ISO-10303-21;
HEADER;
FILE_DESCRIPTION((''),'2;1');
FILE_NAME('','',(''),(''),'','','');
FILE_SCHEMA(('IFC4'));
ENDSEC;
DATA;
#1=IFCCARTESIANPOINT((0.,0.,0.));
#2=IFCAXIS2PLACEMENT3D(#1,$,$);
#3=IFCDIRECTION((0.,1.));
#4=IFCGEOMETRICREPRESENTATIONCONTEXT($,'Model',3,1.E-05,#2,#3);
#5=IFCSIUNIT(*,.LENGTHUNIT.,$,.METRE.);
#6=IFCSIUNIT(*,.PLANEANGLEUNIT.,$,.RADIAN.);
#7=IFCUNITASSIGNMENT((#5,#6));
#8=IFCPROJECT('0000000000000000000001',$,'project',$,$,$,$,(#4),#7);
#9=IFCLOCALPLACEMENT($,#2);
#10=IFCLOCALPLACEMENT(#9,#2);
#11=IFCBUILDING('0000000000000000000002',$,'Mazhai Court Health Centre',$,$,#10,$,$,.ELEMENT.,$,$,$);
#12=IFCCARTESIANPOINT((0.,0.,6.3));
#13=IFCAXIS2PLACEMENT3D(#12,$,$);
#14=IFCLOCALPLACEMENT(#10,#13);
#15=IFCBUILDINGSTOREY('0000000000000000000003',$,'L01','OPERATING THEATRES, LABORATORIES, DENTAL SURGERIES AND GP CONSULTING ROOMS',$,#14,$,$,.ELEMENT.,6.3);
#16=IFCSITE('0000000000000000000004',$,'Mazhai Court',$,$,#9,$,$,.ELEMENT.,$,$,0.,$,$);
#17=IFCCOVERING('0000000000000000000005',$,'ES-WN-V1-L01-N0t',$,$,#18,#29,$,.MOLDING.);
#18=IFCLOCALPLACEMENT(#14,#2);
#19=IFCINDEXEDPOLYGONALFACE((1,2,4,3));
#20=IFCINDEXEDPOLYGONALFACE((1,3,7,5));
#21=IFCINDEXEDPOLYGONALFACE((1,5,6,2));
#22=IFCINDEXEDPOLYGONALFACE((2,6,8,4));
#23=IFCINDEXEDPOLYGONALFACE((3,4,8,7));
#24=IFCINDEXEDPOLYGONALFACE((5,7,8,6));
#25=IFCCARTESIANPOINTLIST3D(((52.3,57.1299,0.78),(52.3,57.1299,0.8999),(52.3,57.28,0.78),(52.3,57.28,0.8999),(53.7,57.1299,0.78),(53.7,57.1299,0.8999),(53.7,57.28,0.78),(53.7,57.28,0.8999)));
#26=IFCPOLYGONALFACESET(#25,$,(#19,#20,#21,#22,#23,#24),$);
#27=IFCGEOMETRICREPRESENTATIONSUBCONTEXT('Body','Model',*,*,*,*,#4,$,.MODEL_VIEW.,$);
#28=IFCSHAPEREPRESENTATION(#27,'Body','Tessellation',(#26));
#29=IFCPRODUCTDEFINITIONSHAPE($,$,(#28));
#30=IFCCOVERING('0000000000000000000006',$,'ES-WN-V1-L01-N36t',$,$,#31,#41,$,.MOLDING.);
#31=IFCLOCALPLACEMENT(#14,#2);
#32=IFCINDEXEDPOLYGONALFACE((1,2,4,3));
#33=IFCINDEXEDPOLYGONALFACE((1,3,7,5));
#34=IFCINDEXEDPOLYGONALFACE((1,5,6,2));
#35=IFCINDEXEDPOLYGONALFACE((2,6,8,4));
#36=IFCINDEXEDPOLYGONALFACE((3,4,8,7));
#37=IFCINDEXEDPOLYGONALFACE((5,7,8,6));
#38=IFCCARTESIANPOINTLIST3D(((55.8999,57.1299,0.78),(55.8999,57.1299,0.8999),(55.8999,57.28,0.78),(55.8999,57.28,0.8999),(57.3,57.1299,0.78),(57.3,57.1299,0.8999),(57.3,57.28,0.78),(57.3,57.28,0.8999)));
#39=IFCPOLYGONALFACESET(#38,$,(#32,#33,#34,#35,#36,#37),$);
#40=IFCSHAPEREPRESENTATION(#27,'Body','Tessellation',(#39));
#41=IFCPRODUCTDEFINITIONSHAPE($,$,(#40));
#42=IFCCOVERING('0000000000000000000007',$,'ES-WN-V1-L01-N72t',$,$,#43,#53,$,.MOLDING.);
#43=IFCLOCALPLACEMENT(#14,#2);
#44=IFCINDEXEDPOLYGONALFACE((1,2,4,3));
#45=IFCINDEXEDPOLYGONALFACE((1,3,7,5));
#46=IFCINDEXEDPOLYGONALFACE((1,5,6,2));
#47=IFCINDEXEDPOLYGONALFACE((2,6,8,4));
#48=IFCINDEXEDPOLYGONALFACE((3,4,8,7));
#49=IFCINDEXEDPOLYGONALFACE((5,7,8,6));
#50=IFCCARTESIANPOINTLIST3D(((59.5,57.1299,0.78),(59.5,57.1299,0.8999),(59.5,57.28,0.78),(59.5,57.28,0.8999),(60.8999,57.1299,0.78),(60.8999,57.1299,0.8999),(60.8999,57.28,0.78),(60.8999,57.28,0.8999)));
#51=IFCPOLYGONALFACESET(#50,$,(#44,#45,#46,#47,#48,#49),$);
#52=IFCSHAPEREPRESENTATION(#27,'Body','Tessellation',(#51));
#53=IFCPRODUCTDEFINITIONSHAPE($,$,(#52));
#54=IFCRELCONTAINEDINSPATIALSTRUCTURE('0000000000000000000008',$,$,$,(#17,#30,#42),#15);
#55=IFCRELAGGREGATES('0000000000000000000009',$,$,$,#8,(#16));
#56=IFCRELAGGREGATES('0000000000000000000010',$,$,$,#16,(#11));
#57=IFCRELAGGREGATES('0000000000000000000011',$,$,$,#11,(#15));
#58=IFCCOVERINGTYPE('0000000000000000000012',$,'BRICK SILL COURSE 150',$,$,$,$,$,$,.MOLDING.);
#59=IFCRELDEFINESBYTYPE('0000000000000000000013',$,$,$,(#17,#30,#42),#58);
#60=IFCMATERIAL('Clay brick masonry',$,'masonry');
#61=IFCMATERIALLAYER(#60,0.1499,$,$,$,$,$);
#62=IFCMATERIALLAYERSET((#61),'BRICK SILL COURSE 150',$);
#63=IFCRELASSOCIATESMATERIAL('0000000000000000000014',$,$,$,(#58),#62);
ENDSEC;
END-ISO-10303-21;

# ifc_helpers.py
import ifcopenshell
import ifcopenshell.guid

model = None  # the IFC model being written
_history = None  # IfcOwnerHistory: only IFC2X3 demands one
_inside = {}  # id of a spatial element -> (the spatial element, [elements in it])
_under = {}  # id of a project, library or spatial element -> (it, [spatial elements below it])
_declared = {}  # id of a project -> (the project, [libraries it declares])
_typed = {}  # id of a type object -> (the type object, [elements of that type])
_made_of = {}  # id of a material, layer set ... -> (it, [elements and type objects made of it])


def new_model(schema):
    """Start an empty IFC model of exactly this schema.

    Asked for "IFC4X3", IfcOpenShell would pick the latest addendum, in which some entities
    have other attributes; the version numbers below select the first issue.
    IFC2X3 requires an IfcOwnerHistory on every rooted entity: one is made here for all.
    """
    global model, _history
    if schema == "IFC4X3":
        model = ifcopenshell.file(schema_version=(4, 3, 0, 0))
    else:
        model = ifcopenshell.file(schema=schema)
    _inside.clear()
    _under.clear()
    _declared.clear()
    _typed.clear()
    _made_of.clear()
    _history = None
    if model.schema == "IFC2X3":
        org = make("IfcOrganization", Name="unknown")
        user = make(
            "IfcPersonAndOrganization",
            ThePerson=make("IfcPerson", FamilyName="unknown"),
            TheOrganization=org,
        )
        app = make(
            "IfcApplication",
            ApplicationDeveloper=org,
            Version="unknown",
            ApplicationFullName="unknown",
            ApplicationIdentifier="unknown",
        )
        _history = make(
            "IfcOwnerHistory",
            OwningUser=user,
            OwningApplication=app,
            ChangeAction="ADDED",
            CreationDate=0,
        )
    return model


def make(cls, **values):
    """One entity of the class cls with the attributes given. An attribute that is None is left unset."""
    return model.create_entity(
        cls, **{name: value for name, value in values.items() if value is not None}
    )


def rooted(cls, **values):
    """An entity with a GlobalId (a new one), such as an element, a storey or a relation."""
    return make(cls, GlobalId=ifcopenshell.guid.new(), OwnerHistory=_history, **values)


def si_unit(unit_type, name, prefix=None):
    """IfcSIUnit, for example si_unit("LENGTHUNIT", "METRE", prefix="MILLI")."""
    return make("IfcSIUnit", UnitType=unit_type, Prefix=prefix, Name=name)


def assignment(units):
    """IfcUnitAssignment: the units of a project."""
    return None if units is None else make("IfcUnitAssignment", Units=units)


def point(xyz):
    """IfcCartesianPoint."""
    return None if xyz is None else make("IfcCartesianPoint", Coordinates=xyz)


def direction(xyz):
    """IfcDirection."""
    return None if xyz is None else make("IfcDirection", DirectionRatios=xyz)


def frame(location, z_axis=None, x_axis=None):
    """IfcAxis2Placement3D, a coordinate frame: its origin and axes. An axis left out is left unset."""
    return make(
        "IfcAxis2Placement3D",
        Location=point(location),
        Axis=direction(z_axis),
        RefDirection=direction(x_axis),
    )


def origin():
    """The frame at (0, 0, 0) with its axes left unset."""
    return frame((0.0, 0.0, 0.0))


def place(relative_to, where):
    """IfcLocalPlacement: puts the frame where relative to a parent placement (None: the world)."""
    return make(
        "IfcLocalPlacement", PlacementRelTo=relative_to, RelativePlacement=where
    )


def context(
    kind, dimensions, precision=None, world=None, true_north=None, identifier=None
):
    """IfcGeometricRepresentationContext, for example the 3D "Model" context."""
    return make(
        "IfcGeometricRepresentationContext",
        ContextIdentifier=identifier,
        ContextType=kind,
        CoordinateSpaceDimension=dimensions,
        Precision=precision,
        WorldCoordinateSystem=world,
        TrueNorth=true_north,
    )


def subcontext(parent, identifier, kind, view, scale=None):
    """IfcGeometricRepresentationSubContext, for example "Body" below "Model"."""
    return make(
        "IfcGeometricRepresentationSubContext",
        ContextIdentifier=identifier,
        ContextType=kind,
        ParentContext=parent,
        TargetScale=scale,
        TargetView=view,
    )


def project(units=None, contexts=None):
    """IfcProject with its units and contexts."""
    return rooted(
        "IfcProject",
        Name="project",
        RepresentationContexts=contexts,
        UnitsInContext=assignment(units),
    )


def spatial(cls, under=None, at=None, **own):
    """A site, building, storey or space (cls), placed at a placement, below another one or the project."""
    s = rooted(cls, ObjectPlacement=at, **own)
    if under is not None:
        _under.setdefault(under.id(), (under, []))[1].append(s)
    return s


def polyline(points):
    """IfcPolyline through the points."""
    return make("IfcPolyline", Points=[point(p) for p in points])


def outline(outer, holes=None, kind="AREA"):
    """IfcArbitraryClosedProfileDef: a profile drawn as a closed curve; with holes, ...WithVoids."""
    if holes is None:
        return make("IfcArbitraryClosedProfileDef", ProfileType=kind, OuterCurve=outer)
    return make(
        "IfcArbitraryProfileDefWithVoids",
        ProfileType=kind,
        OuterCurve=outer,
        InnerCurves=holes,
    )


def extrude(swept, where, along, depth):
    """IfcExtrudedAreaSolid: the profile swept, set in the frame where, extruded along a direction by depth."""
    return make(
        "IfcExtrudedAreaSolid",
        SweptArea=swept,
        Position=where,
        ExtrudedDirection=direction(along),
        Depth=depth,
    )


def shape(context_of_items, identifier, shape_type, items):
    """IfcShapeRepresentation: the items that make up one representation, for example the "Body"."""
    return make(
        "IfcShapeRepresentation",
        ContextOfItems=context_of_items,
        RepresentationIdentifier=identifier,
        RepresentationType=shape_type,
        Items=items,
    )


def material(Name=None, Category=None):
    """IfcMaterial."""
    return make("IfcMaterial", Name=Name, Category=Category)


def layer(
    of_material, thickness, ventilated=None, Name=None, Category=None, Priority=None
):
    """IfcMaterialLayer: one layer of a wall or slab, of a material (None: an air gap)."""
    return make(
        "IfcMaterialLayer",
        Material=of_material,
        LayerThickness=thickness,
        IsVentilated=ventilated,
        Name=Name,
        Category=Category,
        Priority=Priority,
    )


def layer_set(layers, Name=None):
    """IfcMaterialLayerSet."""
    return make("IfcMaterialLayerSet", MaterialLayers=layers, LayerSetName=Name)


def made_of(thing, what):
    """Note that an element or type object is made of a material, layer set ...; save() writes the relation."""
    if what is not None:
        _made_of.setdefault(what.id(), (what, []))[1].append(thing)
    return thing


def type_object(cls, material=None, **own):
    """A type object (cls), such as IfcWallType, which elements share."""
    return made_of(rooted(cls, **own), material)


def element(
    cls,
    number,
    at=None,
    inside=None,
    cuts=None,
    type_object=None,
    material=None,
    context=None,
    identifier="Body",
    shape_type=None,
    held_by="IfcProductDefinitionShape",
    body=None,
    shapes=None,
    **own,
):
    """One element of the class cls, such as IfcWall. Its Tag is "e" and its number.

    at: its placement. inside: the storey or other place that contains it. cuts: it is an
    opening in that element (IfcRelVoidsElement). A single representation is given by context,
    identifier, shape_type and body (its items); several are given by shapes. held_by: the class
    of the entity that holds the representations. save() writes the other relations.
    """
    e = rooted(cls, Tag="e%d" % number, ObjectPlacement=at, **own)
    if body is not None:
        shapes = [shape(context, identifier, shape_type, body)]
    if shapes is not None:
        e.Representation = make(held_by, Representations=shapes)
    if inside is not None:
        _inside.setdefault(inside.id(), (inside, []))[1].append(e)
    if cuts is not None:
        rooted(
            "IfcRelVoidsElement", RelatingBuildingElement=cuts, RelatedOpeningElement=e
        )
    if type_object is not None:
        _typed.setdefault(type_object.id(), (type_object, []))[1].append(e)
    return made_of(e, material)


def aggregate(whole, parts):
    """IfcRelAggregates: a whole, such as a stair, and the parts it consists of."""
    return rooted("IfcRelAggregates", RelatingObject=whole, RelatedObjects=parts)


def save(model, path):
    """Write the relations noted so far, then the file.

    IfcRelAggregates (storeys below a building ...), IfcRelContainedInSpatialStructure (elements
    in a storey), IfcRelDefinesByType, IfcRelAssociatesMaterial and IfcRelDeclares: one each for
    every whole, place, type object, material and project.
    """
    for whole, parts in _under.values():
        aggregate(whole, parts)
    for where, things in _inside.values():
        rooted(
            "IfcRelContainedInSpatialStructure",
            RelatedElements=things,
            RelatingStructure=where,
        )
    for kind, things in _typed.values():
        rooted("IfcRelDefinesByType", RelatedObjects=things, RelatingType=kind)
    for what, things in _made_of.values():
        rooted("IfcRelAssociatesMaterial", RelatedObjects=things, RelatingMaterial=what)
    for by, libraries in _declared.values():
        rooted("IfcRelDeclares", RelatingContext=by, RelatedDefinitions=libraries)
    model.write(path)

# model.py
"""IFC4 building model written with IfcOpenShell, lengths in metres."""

from ifc_helpers import new_model, si_unit, direction, frame, origin, place, context, subcontext, project, spatial, polyline, outline, extrude, material, layer, layer_set, type_object, element, save


model = new_model("IFC4")

# Units and contexts
model_context = context("Model", 3, precision=1e-05, world=origin(), true_north=direction((0.0, 1.0)))
body_context = subcontext(model_context, "Body", "Model", "MODEL_VIEW")
ifc_project = project(units=[si_unit("LENGTHUNIT", "METRE"), si_unit("PLANEANGLEUNIT", "RADIAN")], contexts=[model_context])

# Site, building, storey
site_placement = place(None, origin())
site = spatial("IfcSite", under=ifc_project, at=site_placement, Name="Mazhai Court", CompositionType="ELEMENT", RefElevation=0.0)
building_placement = place(site_placement, origin())
building = spatial("IfcBuilding", under=site, at=building_placement, Name="Mazhai Court Health Centre", CompositionType="ELEMENT")
storey_placement = place(building_placement, frame((0.0, 0.0, 6.3)))
storey = spatial("IfcBuildingStorey", under=building, at=storey_placement, Name="L01", Description="OPERATING THEATRES, LABORATORIES, DENTAL SURGERIES AND GP CONSULTING ROOMS", CompositionType="ELEMENT", Elevation=6.3)

# Coverings
ifc_material_1 = material(Name="Clay brick masonry", Category="masonry")
ifc_layer_1 = layer(ifc_material_1, 0.1499)
ifc_layer_set_1 = layer_set([ifc_layer_1], Name="BRICK SILL COURSE 150")
covering_type = type_object("IfcCoveringType", Name="BRICK SILL COURSE 150", PredefinedType="MOLDING", material=ifc_layer_set_1)
covering_1_placement = place(storey_placement, frame((0.0, 0.0, 0.78)))
element("IfcCovering", 1, at=covering_1_placement, inside=storey, type_object=covering_type, Name="ES-WN-V1-L01-N0t", PredefinedType="MOLDING", context=body_context, shape_type="SweptSolid", body=[
    extrude(outline(polyline([(52.3, 57.1299), (53.7, 57.1299), (53.7, 57.28), (52.3, 57.28), (52.3, 57.1299)])), origin(), (0.0, 0.0, 1.0), 0.1199),
])
covering_2_placement = place(storey_placement, frame((0.0, 0.0, 0.78)))
element("IfcCovering", 2, at=covering_2_placement, inside=storey, type_object=covering_type, Name="ES-WN-V1-L01-N36t", PredefinedType="MOLDING", context=body_context, shape_type="SweptSolid", body=[
    extrude(outline(polyline([(55.8999, 57.1299), (57.3, 57.1299), (57.3, 57.28), (55.8999, 57.28), (55.8999, 57.1299)])), origin(), (0.0, 0.0, 1.0), 0.1199),
])
covering_3_placement = place(storey_placement, frame((0.0, 0.0, 0.78)))
element("IfcCovering", 3, at=covering_3_placement, inside=storey, type_object=covering_type, Name="ES-WN-V1-L01-N72t", PredefinedType="MOLDING", context=body_context, shape_type="SweptSolid", body=[
    extrude(outline(polyline([(59.5, 57.1299), (60.8999, 57.1299), (60.8999, 57.28), (59.5, 57.28), (59.5, 57.1299)])), origin(), (0.0, 0.0, 1.0), 0.1199),
])

save(model, "model.ifc")
